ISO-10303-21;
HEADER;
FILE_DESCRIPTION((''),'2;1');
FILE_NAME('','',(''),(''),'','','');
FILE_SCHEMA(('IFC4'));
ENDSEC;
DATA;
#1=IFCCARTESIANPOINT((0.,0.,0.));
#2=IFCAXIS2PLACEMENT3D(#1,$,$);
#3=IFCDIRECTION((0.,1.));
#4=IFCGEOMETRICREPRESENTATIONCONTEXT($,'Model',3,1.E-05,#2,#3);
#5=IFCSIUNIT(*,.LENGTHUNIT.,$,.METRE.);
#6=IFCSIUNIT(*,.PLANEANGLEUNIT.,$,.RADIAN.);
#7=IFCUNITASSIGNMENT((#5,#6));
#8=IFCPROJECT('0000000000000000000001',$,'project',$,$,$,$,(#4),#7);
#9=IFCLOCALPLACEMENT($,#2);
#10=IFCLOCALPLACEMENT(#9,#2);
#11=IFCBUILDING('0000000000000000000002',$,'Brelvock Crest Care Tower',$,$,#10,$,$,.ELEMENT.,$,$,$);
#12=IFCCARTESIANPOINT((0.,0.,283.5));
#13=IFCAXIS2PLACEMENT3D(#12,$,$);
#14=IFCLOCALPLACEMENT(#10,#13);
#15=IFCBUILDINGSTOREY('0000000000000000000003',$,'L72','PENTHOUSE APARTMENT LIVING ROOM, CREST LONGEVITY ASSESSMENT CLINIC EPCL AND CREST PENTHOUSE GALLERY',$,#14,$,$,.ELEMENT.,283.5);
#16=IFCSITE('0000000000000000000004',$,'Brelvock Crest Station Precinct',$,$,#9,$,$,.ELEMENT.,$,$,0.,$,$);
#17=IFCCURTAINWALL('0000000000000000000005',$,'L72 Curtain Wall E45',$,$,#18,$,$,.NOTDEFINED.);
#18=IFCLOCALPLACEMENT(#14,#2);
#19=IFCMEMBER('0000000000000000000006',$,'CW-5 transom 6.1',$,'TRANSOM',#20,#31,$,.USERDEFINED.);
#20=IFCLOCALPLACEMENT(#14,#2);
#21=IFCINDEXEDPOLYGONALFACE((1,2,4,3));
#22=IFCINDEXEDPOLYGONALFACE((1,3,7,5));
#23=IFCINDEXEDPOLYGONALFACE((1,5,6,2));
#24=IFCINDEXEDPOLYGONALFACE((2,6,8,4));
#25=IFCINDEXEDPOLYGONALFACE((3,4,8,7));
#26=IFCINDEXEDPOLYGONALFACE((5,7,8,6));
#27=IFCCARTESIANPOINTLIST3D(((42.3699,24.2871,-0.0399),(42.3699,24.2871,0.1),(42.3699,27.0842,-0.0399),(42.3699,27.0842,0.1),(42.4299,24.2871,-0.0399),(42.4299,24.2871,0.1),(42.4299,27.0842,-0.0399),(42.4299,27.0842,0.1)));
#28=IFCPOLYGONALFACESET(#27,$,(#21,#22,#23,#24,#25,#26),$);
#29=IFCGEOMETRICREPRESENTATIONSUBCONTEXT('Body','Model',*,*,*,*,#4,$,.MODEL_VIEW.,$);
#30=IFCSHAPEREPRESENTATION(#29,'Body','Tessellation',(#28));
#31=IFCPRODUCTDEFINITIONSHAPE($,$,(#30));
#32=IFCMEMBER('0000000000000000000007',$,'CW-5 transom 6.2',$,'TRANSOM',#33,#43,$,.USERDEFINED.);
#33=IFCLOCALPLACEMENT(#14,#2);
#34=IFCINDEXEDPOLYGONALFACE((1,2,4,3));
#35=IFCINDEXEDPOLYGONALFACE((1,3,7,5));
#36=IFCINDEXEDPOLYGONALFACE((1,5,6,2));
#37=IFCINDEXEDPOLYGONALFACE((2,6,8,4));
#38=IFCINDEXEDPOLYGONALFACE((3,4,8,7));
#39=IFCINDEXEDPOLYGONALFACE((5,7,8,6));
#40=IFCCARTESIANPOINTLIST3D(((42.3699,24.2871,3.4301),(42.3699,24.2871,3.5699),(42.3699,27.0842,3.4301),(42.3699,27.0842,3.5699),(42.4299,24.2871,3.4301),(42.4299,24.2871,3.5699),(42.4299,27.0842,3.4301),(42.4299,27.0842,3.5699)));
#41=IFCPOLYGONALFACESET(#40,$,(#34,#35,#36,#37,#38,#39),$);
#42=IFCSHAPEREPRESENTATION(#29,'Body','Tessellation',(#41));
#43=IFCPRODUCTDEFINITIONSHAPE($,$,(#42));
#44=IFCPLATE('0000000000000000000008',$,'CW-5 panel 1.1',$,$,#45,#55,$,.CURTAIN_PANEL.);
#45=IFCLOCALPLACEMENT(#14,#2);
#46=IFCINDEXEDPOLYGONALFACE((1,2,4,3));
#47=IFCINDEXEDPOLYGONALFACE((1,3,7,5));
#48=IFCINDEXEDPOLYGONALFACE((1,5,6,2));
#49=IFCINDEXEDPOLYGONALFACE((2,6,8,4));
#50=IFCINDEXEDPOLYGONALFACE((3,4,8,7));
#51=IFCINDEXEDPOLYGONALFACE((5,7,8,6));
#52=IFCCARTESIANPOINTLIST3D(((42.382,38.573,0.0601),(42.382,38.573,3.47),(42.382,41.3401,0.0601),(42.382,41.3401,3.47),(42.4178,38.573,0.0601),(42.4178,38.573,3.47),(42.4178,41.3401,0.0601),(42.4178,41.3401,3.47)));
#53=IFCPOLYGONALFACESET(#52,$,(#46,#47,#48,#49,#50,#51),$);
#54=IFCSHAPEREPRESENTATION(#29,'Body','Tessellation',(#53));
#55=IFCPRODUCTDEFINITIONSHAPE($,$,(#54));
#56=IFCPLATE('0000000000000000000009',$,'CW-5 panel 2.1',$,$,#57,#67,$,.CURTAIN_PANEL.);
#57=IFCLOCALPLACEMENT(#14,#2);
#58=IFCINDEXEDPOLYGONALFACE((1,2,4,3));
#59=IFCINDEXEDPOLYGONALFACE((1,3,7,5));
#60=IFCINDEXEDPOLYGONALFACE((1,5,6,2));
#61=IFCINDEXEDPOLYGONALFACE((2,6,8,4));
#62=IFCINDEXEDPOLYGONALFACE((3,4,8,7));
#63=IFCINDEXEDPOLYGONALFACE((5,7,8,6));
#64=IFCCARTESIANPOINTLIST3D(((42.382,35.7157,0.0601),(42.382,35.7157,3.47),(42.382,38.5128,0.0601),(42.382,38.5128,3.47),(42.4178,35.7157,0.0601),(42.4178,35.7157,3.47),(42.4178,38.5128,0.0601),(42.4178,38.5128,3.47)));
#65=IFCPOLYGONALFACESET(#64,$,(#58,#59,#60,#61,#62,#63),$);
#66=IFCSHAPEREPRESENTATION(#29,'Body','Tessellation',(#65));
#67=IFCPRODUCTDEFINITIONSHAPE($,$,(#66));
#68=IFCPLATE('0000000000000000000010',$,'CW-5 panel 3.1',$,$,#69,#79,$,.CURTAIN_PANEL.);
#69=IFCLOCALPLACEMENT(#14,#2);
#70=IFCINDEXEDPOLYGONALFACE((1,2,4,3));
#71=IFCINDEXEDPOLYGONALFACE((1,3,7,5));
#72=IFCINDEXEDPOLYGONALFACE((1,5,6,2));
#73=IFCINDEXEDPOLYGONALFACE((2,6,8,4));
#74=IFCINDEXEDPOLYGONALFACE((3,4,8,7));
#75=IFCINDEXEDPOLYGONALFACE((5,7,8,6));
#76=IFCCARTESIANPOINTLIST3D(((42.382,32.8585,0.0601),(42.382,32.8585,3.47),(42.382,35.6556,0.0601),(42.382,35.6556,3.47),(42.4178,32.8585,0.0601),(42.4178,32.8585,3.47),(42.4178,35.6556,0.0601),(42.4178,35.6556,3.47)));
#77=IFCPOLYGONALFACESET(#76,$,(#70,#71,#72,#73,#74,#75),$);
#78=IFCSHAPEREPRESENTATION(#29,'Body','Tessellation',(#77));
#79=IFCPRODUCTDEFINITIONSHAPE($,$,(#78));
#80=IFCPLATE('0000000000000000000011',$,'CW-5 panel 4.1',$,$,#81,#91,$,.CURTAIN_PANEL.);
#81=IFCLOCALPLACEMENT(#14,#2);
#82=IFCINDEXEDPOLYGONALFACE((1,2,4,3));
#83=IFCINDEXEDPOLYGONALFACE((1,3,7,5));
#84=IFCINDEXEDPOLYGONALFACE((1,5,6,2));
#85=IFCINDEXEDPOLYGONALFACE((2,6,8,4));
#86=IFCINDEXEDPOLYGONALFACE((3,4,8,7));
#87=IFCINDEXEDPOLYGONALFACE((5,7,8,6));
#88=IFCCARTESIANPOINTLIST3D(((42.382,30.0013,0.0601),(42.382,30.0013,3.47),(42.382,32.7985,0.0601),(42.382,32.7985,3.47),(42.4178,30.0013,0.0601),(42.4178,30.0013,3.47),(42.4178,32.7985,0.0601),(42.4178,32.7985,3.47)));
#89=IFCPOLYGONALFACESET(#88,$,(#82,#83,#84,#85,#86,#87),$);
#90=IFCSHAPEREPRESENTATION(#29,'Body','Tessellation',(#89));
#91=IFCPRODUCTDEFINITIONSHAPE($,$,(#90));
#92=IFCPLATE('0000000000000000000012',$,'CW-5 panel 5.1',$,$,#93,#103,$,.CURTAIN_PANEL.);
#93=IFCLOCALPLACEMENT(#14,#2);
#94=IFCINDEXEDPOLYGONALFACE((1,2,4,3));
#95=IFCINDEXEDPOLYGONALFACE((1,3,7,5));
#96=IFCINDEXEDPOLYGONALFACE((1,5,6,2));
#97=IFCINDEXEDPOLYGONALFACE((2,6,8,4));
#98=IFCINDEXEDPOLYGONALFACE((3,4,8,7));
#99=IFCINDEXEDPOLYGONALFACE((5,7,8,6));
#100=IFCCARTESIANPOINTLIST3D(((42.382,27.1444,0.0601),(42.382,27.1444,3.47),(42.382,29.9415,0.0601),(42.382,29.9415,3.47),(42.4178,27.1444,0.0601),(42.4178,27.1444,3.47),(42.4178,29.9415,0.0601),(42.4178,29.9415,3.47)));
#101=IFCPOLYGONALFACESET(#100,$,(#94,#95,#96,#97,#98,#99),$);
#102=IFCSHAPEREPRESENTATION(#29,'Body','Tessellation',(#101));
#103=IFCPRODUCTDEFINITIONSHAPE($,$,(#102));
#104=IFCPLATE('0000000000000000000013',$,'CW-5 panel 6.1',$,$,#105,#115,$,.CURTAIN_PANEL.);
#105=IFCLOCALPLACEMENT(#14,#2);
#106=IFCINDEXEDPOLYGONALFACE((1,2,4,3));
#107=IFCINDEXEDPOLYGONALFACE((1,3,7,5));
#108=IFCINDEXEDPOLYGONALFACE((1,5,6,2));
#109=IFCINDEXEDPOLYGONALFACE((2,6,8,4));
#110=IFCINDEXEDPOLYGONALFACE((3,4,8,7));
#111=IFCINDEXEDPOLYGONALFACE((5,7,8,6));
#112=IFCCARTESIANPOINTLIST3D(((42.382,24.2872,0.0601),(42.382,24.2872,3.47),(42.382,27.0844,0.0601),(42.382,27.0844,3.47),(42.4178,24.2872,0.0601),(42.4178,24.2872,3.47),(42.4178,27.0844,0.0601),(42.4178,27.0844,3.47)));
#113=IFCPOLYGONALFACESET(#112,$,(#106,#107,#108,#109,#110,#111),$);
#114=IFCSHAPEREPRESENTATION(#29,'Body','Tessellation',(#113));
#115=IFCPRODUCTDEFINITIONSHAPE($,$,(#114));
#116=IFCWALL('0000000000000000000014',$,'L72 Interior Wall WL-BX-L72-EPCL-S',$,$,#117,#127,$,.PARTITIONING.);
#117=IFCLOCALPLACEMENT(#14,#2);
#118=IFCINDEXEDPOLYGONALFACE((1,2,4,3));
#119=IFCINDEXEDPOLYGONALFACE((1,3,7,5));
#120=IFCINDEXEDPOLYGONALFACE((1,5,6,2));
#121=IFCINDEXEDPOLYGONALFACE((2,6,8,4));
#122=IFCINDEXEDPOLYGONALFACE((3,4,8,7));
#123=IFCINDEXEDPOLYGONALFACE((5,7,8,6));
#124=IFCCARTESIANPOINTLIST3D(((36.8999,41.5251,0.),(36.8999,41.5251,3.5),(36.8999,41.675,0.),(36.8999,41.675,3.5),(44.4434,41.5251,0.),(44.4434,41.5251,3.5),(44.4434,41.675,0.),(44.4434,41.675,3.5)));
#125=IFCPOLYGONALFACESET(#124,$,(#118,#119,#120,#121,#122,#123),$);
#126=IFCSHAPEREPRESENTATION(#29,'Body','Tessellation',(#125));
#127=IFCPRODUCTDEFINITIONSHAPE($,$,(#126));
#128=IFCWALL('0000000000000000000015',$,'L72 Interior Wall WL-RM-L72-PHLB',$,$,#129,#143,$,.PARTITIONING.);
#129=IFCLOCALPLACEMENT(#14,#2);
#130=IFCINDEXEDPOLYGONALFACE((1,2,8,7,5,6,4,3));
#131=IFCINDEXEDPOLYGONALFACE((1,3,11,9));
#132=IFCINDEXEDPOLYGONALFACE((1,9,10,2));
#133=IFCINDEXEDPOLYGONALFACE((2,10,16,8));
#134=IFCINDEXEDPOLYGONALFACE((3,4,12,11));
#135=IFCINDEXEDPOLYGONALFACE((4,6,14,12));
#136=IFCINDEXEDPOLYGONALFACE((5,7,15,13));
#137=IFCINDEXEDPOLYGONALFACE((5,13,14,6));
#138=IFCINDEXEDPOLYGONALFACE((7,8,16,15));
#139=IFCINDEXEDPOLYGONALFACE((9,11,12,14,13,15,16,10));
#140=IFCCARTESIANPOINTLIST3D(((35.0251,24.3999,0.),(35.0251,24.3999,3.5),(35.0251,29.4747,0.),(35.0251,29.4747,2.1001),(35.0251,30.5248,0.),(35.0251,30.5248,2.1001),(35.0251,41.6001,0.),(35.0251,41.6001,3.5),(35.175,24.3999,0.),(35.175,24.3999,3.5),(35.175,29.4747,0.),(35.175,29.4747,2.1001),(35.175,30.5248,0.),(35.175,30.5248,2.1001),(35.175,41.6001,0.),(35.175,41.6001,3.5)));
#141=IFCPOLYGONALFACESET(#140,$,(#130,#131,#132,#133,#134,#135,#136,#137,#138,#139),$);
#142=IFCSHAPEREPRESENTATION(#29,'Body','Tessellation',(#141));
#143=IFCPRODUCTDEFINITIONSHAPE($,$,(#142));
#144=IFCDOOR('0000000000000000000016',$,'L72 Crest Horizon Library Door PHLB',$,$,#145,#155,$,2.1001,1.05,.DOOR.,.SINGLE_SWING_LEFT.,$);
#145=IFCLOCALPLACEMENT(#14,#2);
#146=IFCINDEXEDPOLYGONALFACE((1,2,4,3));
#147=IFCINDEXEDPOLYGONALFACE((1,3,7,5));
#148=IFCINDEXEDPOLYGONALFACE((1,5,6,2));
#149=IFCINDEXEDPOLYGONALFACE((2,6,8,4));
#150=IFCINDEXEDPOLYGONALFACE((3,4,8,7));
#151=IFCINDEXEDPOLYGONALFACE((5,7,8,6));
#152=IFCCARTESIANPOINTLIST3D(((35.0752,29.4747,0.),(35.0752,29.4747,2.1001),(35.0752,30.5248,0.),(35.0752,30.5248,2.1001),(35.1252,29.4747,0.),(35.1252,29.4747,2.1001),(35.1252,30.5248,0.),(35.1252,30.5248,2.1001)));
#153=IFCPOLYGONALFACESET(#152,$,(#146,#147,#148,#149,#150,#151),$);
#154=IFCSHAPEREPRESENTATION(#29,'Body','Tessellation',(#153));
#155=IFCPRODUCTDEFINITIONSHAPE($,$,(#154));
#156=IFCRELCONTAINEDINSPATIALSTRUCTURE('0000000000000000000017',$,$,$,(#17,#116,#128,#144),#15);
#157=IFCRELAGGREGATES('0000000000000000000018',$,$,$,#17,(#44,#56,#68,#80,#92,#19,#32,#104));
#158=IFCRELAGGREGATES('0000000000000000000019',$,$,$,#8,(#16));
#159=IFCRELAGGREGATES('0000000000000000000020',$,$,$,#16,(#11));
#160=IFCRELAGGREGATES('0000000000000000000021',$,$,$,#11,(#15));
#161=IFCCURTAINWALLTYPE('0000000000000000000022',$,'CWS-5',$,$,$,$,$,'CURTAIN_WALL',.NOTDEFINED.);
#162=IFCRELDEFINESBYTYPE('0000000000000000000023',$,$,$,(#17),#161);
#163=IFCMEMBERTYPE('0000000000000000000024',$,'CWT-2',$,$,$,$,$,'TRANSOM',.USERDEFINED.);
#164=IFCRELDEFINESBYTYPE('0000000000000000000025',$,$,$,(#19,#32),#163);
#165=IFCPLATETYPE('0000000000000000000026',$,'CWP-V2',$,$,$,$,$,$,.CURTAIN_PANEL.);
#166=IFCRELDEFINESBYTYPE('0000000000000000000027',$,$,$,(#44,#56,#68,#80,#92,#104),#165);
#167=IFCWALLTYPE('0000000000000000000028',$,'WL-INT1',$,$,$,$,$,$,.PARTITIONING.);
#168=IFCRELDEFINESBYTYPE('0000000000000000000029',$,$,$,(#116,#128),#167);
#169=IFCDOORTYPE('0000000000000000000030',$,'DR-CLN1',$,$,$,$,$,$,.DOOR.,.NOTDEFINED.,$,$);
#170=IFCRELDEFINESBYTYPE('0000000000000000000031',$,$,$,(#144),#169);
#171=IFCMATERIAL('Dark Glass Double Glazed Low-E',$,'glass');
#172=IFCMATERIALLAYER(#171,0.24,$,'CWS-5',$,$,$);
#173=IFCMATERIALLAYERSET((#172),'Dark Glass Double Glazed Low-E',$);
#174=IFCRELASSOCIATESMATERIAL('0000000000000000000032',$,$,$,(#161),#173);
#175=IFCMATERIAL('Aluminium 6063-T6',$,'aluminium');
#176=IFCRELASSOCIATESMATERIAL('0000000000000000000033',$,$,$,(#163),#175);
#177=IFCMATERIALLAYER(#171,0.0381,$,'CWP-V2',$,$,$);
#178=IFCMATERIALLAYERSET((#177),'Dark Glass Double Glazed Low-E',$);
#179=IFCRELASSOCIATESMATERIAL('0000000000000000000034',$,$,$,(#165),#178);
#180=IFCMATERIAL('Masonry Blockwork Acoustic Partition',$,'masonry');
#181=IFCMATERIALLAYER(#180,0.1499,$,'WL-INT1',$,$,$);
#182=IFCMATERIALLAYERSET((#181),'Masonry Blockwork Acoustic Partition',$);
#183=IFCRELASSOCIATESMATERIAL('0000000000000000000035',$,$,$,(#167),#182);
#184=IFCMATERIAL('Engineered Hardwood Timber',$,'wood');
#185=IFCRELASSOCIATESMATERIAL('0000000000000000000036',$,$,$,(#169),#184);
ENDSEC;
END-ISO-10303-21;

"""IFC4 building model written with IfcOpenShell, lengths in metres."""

from ifc_helpers import new_model, si_unit, direction, frame, frame_2d, origin, origin_2d, place, context, subcontext, project, spatial, rectangle, extrude, source, transform, mapped, material, layer, layer_set, material_profile, profile_set, type_object, element, fill, aggregate, save


model = new_model("IFC4")

# Units and contexts
model_context = context("Model", 3, precision=1e-05, world=origin(), true_north=direction((0.0, 1.0)))
body_context = subcontext(model_context, "Body", "Model", "MODEL_VIEW")
ifc_project = project(units=[si_unit("LENGTHUNIT", "METRE"), si_unit("PLANEANGLEUNIT", "RADIAN")], contexts=[model_context])

# Site, building, storey
site_placement = place(None, origin())
site = spatial("IfcSite", under=ifc_project, at=site_placement, Name="Brelvock Crest Station Precinct", CompositionType="ELEMENT", RefElevation=0.0)
building_placement = place(site_placement, origin())
building = spatial("IfcBuilding", under=site, at=building_placement, Name="Brelvock Crest Care Tower", CompositionType="ELEMENT")
storey_placement = place(building_placement, frame((0.0, 0.0, 283.5)))
storey = spatial("IfcBuildingStorey", under=building, at=storey_placement, Name="L72", Description="PENTHOUSE APARTMENT LIVING ROOM, CREST LONGEVITY ASSESSMENT CLINIC EPCL AND CREST PENTHOUSE GALLERY", CompositionType="ELEMENT", Elevation=283.5)

# Curtain wall, members, plates
ifc_material_1 = material(Name="Dark Glass Double Glazed Low-E", Category="glass")
ifc_layer_1 = layer(ifc_material_1, 0.24, Name="CWS-5")
ifc_layer_set_1 = layer_set([ifc_layer_1], Name="Dark Glass Double Glazed Low-E")
curtain_wall_type = type_object("IfcCurtainWallType", Name="CWS-5", ElementType="CURTAIN_WALL", PredefinedType="NOTDEFINED", material=ifc_layer_set_1)
curtain_wall_placement = place(storey_placement, origin())
curtain_wall = element("IfcCurtainWall", 1, at=curtain_wall_placement, inside=storey, type_object=curtain_wall_type, Name="L72 Curtain Wall E45", PredefinedType="NOTDEFINED")
ifc_material_2 = material(Name="Aluminium 6063-T6", Category="aluminium")
ifc_material_profile_1 = material_profile(ifc_material_2, rectangle(XDim=0.0601, YDim=0.1399, at=origin_2d()), Name="ALU60x140")
ifc_profile_set_1 = profile_set([ifc_material_profile_1], Name="Aluminium 6063-T6")
member_type_1 = type_object("IfcMemberType", Name="CWT-2", ElementType="TRANSOM", PredefinedType="USERDEFINED", material=ifc_profile_set_1)
shared_shape_1 = source(origin(), body_context, "Body", "SweptSolid", [
    extrude(rectangle(XDim=0.0601, YDim=0.1399, at=origin_2d()), origin(), (0.0, 0.0, 1.0), 2.7971),
])
member_1_placement = place(storey_placement, frame((42.3999, 27.0842, 0.03), z_axis=(0.0, -1.0, 0.0), x_axis=(1.0, 0.0, 0.0)))
member_1 = element("IfcMember", 2, at=member_1_placement, type_object=member_type_1, Name="CW-5 transom 6.1", ObjectType="TRANSOM", PredefinedType="USERDEFINED", context=body_context, shape_type="MappedRepresentation", body=[
    mapped(shared_shape_1, transform((0.0, 0.0, 0.0), x_axis=(1.0, 0.0, 0.0), y_axis=(0.0, 1.0, 0.0), z_axis=(0.0, 0.0, 1.0), scale=1.0)),
])
member_2_placement = place(storey_placement, frame((42.3999, 27.0842, 3.5), z_axis=(0.0, -1.0, 0.0), x_axis=(1.0, 0.0, 0.0)))
member_2 = element("IfcMember", 3, at=member_2_placement, type_object=member_type_1, Name="CW-5 transom 6.2", ObjectType="TRANSOM", PredefinedType="USERDEFINED", context=body_context, shape_type="MappedRepresentation", body=[
    mapped(shared_shape_1, transform((0.0, 0.0, 0.0), x_axis=(1.0, 0.0, 0.0), y_axis=(0.0, 1.0, 0.0), z_axis=(0.0, 0.0, 1.0), scale=1.0)),
])
ifc_layer_2 = layer(ifc_material_1, 0.0381, Name="CWP-V2")
ifc_layer_set_2 = layer_set([ifc_layer_2], Name="Dark Glass Double Glazed Low-E")
plate_type = type_object("IfcPlateType", Name="CWP-V2", PredefinedType="CURTAIN_PANEL", material=ifc_layer_set_2)
shared_shape_2 = source(origin(), body_context, "Body", "SweptSolid", [
    extrude(rectangle(XDim=2.7671, YDim=0.0359, at=origin_2d()), origin(), (0.0, 0.0, 1.0), 3.4099),
])
plate_1_placement = place(storey_placement, frame((42.3999, 39.9565, 0.0601), z_axis=(0.0, 0.0, 1.0), x_axis=(0.0, -1.0, 0.0)))
plate_1 = element("IfcPlate", 4, at=plate_1_placement, type_object=plate_type, Name="CW-5 panel 1.1", PredefinedType="CURTAIN_PANEL", context=body_context, shape_type="MappedRepresentation", body=[
    mapped(shared_shape_2, transform((0.0, 0.0, 0.0), x_axis=(1.0, 0.0, 0.0), y_axis=(0.0, 1.0, 0.0), z_axis=(0.0, 0.0, 1.0), scale=1.0)),
])
shared_shape_3 = source(origin(), body_context, "Body", "SweptSolid", [
    extrude(rectangle(XDim=2.7971, YDim=0.0359, at=origin_2d()), origin(), (0.0, 0.0, 1.0), 3.4099),
])
plate_2_placement = place(storey_placement, frame((42.3999, 37.1143, 0.0601), z_axis=(0.0, 0.0, 1.0), x_axis=(0.0, -1.0, 0.0)))
plate_2 = element("IfcPlate", 5, at=plate_2_placement, type_object=plate_type, Name="CW-5 panel 2.1", PredefinedType="CURTAIN_PANEL", context=body_context, shape_type="MappedRepresentation", body=[
    mapped(shared_shape_3, transform((0.0, 0.0, 0.0), x_axis=(1.0, 0.0, 0.0), y_axis=(0.0, 1.0, 0.0), z_axis=(0.0, 0.0, 1.0), scale=1.0)),
])
plate_3_placement = place(storey_placement, frame((42.3999, 34.2571, 0.0601), z_axis=(0.0, 0.0, 1.0), x_axis=(0.0, -1.0, 0.0)))
plate_3 = element("IfcPlate", 6, at=plate_3_placement, type_object=plate_type, Name="CW-5 panel 3.1", PredefinedType="CURTAIN_PANEL", context=body_context, shape_type="MappedRepresentation", body=[
    mapped(shared_shape_3, transform((0.0, 0.0, 0.0), x_axis=(1.0, 0.0, 0.0), y_axis=(0.0, 1.0, 0.0), z_axis=(0.0, 0.0, 1.0), scale=1.0)),
])
plate_4_placement = place(storey_placement, frame((42.3999, 31.3999, 0.0601), z_axis=(0.0, 0.0, 1.0), x_axis=(0.0, -1.0, 0.0)))
plate_4 = element("IfcPlate", 7, at=plate_4_placement, type_object=plate_type, Name="CW-5 panel 4.1", PredefinedType="CURTAIN_PANEL", context=body_context, shape_type="MappedRepresentation", body=[
    mapped(shared_shape_3, transform((0.0, 0.0, 0.0), x_axis=(1.0, 0.0, 0.0), y_axis=(0.0, 1.0, 0.0), z_axis=(0.0, 0.0, 1.0), scale=1.0)),
])
plate_5_placement = place(storey_placement, frame((42.3999, 28.543, 0.0601), z_axis=(0.0, 0.0, 1.0), x_axis=(0.0, -1.0, 0.0)))
plate_5 = element("IfcPlate", 8, at=plate_5_placement, type_object=plate_type, Name="CW-5 panel 5.1", PredefinedType="CURTAIN_PANEL", context=body_context, shape_type="MappedRepresentation", body=[
    mapped(shared_shape_3, transform((0.0, 0.0, 0.0), x_axis=(1.0, 0.0, 0.0), y_axis=(0.0, 1.0, 0.0), z_axis=(0.0, 0.0, 1.0), scale=1.0)),
])
plate_6_placement = place(storey_placement, frame((42.3999, 25.6858, 0.0601), z_axis=(0.0, 0.0, 1.0), x_axis=(0.0, -1.0, 0.0)))
plate_6 = element("IfcPlate", 9, at=plate_6_placement, type_object=plate_type, Name="CW-5 panel 6.1", PredefinedType="CURTAIN_PANEL", context=body_context, shape_type="MappedRepresentation", body=[
    mapped(shared_shape_3, transform((0.0, 0.0, 0.0), x_axis=(1.0, 0.0, 0.0), y_axis=(0.0, 1.0, 0.0), z_axis=(0.0, 0.0, 1.0), scale=1.0)),
])
aggregate(curtain_wall, [plate_1, plate_2, plate_3, plate_4, plate_5, member_1, member_2, plate_6])

# Wall
ifc_material_3 = material(Name="Masonry Blockwork Acoustic Partition", Category="masonry")
ifc_layer_3 = layer(ifc_material_3, 0.1499, Name="WL-INT1")
ifc_layer_set_3 = layer_set([ifc_layer_3], Name="Masonry Blockwork Acoustic Partition")
wall_type_1 = type_object("IfcWallType", Name="WL-INT1", PredefinedType="PARTITIONING", material=ifc_layer_set_3)
wall_1_placement = place(storey_placement, frame((36.8999, 41.6001, 0.0), z_axis=(0.0, 0.0, 1.0), x_axis=(1.0, 0.0, 0.0)))
element("IfcWall", 10, at=wall_1_placement, inside=storey, type_object=wall_type_1, Name="L72 Interior Wall WL-BX-L72-EPCL-S", PredefinedType="PARTITIONING", context=body_context, shape_type="SweptSolid", body=[
    extrude(rectangle(XDim=7.5435, YDim=0.1499, at=frame_2d((3.7717, 0.0))), origin(), (0.0, 0.0, 1.0), 3.5),
])

# Wall, opening, door
wall_2_placement = place(storey_placement, frame((35.1001, 24.3999, 0.0), z_axis=(0.0, 0.0, 1.0), x_axis=(0.0, 1.0, 0.0)))
wall_2 = element("IfcWall", 11, at=wall_2_placement, inside=storey, type_object=wall_type_1, Name="L72 Interior Wall WL-RM-L72-PHLB", PredefinedType="PARTITIONING", context=body_context, shape_type="SweptSolid", body=[
    extrude(rectangle(XDim=17.2002, YDim=0.1499, at=frame_2d((8.6001, 0.0))), origin(), (0.0, 0.0, 1.0), 3.5),
])
opening_1_placement = place(wall_2_placement, frame((5.075, 0.0, 0.0)))
opening_1 = element("IfcOpeningElement", 12, at=opening_1_placement, cuts=wall_2, PredefinedType="OPENING", context=body_context, shape_type="SweptSolid", body=[
    extrude(rectangle(XDim=1.05, YDim=2.1001, at=origin_2d()), frame((0.5249, 0.085, 1.05), z_axis=(0.0, -1.0, 0.0), x_axis=(1.0, 0.0, 0.0)), (0.0, 0.0, 1.0), 0.1699),
])
ifc_material_4 = material(Name="Engineered Hardwood Timber", Category="wood")
door_type_1 = type_object("IfcDoorType", Name="DR-CLN1", OperationType="NOTDEFINED", PredefinedType="DOOR", material=ifc_material_4)
shared_shape_4 = source(origin(), body_context, "Body", "SweptSolid", [
    extrude(rectangle(XDim=1.05, YDim=2.1001, at=origin_2d()), frame((0.5249, 0.0249, 1.05), z_axis=(0.0, -1.0, 0.0), x_axis=(1.0, 0.0, 0.0)), (0.0, 0.0, 1.0), 0.05),
])
door_1_placement = place(opening_1_placement, origin())
door_1 = element("IfcDoor", 13, at=door_1_placement, inside=storey, type_object=door_type_1, Name="L72 Crest Horizon Library Door PHLB", OperationType="SINGLE_SWING_LEFT", OverallHeight=2.1001, OverallWidth=1.05, PredefinedType="DOOR", context=body_context, shape_type="MappedRepresentation", body=[
    mapped(shared_shape_4, transform((0.0, 0.0, 0.0), x_axis=(1.0, 0.0, 0.0), y_axis=(0.0, 1.0, 0.0), z_axis=(0.0, 0.0, 1.0), scale=1.0)),
])
fill(opening_1, door_1)

save(model, "model.ifc")
